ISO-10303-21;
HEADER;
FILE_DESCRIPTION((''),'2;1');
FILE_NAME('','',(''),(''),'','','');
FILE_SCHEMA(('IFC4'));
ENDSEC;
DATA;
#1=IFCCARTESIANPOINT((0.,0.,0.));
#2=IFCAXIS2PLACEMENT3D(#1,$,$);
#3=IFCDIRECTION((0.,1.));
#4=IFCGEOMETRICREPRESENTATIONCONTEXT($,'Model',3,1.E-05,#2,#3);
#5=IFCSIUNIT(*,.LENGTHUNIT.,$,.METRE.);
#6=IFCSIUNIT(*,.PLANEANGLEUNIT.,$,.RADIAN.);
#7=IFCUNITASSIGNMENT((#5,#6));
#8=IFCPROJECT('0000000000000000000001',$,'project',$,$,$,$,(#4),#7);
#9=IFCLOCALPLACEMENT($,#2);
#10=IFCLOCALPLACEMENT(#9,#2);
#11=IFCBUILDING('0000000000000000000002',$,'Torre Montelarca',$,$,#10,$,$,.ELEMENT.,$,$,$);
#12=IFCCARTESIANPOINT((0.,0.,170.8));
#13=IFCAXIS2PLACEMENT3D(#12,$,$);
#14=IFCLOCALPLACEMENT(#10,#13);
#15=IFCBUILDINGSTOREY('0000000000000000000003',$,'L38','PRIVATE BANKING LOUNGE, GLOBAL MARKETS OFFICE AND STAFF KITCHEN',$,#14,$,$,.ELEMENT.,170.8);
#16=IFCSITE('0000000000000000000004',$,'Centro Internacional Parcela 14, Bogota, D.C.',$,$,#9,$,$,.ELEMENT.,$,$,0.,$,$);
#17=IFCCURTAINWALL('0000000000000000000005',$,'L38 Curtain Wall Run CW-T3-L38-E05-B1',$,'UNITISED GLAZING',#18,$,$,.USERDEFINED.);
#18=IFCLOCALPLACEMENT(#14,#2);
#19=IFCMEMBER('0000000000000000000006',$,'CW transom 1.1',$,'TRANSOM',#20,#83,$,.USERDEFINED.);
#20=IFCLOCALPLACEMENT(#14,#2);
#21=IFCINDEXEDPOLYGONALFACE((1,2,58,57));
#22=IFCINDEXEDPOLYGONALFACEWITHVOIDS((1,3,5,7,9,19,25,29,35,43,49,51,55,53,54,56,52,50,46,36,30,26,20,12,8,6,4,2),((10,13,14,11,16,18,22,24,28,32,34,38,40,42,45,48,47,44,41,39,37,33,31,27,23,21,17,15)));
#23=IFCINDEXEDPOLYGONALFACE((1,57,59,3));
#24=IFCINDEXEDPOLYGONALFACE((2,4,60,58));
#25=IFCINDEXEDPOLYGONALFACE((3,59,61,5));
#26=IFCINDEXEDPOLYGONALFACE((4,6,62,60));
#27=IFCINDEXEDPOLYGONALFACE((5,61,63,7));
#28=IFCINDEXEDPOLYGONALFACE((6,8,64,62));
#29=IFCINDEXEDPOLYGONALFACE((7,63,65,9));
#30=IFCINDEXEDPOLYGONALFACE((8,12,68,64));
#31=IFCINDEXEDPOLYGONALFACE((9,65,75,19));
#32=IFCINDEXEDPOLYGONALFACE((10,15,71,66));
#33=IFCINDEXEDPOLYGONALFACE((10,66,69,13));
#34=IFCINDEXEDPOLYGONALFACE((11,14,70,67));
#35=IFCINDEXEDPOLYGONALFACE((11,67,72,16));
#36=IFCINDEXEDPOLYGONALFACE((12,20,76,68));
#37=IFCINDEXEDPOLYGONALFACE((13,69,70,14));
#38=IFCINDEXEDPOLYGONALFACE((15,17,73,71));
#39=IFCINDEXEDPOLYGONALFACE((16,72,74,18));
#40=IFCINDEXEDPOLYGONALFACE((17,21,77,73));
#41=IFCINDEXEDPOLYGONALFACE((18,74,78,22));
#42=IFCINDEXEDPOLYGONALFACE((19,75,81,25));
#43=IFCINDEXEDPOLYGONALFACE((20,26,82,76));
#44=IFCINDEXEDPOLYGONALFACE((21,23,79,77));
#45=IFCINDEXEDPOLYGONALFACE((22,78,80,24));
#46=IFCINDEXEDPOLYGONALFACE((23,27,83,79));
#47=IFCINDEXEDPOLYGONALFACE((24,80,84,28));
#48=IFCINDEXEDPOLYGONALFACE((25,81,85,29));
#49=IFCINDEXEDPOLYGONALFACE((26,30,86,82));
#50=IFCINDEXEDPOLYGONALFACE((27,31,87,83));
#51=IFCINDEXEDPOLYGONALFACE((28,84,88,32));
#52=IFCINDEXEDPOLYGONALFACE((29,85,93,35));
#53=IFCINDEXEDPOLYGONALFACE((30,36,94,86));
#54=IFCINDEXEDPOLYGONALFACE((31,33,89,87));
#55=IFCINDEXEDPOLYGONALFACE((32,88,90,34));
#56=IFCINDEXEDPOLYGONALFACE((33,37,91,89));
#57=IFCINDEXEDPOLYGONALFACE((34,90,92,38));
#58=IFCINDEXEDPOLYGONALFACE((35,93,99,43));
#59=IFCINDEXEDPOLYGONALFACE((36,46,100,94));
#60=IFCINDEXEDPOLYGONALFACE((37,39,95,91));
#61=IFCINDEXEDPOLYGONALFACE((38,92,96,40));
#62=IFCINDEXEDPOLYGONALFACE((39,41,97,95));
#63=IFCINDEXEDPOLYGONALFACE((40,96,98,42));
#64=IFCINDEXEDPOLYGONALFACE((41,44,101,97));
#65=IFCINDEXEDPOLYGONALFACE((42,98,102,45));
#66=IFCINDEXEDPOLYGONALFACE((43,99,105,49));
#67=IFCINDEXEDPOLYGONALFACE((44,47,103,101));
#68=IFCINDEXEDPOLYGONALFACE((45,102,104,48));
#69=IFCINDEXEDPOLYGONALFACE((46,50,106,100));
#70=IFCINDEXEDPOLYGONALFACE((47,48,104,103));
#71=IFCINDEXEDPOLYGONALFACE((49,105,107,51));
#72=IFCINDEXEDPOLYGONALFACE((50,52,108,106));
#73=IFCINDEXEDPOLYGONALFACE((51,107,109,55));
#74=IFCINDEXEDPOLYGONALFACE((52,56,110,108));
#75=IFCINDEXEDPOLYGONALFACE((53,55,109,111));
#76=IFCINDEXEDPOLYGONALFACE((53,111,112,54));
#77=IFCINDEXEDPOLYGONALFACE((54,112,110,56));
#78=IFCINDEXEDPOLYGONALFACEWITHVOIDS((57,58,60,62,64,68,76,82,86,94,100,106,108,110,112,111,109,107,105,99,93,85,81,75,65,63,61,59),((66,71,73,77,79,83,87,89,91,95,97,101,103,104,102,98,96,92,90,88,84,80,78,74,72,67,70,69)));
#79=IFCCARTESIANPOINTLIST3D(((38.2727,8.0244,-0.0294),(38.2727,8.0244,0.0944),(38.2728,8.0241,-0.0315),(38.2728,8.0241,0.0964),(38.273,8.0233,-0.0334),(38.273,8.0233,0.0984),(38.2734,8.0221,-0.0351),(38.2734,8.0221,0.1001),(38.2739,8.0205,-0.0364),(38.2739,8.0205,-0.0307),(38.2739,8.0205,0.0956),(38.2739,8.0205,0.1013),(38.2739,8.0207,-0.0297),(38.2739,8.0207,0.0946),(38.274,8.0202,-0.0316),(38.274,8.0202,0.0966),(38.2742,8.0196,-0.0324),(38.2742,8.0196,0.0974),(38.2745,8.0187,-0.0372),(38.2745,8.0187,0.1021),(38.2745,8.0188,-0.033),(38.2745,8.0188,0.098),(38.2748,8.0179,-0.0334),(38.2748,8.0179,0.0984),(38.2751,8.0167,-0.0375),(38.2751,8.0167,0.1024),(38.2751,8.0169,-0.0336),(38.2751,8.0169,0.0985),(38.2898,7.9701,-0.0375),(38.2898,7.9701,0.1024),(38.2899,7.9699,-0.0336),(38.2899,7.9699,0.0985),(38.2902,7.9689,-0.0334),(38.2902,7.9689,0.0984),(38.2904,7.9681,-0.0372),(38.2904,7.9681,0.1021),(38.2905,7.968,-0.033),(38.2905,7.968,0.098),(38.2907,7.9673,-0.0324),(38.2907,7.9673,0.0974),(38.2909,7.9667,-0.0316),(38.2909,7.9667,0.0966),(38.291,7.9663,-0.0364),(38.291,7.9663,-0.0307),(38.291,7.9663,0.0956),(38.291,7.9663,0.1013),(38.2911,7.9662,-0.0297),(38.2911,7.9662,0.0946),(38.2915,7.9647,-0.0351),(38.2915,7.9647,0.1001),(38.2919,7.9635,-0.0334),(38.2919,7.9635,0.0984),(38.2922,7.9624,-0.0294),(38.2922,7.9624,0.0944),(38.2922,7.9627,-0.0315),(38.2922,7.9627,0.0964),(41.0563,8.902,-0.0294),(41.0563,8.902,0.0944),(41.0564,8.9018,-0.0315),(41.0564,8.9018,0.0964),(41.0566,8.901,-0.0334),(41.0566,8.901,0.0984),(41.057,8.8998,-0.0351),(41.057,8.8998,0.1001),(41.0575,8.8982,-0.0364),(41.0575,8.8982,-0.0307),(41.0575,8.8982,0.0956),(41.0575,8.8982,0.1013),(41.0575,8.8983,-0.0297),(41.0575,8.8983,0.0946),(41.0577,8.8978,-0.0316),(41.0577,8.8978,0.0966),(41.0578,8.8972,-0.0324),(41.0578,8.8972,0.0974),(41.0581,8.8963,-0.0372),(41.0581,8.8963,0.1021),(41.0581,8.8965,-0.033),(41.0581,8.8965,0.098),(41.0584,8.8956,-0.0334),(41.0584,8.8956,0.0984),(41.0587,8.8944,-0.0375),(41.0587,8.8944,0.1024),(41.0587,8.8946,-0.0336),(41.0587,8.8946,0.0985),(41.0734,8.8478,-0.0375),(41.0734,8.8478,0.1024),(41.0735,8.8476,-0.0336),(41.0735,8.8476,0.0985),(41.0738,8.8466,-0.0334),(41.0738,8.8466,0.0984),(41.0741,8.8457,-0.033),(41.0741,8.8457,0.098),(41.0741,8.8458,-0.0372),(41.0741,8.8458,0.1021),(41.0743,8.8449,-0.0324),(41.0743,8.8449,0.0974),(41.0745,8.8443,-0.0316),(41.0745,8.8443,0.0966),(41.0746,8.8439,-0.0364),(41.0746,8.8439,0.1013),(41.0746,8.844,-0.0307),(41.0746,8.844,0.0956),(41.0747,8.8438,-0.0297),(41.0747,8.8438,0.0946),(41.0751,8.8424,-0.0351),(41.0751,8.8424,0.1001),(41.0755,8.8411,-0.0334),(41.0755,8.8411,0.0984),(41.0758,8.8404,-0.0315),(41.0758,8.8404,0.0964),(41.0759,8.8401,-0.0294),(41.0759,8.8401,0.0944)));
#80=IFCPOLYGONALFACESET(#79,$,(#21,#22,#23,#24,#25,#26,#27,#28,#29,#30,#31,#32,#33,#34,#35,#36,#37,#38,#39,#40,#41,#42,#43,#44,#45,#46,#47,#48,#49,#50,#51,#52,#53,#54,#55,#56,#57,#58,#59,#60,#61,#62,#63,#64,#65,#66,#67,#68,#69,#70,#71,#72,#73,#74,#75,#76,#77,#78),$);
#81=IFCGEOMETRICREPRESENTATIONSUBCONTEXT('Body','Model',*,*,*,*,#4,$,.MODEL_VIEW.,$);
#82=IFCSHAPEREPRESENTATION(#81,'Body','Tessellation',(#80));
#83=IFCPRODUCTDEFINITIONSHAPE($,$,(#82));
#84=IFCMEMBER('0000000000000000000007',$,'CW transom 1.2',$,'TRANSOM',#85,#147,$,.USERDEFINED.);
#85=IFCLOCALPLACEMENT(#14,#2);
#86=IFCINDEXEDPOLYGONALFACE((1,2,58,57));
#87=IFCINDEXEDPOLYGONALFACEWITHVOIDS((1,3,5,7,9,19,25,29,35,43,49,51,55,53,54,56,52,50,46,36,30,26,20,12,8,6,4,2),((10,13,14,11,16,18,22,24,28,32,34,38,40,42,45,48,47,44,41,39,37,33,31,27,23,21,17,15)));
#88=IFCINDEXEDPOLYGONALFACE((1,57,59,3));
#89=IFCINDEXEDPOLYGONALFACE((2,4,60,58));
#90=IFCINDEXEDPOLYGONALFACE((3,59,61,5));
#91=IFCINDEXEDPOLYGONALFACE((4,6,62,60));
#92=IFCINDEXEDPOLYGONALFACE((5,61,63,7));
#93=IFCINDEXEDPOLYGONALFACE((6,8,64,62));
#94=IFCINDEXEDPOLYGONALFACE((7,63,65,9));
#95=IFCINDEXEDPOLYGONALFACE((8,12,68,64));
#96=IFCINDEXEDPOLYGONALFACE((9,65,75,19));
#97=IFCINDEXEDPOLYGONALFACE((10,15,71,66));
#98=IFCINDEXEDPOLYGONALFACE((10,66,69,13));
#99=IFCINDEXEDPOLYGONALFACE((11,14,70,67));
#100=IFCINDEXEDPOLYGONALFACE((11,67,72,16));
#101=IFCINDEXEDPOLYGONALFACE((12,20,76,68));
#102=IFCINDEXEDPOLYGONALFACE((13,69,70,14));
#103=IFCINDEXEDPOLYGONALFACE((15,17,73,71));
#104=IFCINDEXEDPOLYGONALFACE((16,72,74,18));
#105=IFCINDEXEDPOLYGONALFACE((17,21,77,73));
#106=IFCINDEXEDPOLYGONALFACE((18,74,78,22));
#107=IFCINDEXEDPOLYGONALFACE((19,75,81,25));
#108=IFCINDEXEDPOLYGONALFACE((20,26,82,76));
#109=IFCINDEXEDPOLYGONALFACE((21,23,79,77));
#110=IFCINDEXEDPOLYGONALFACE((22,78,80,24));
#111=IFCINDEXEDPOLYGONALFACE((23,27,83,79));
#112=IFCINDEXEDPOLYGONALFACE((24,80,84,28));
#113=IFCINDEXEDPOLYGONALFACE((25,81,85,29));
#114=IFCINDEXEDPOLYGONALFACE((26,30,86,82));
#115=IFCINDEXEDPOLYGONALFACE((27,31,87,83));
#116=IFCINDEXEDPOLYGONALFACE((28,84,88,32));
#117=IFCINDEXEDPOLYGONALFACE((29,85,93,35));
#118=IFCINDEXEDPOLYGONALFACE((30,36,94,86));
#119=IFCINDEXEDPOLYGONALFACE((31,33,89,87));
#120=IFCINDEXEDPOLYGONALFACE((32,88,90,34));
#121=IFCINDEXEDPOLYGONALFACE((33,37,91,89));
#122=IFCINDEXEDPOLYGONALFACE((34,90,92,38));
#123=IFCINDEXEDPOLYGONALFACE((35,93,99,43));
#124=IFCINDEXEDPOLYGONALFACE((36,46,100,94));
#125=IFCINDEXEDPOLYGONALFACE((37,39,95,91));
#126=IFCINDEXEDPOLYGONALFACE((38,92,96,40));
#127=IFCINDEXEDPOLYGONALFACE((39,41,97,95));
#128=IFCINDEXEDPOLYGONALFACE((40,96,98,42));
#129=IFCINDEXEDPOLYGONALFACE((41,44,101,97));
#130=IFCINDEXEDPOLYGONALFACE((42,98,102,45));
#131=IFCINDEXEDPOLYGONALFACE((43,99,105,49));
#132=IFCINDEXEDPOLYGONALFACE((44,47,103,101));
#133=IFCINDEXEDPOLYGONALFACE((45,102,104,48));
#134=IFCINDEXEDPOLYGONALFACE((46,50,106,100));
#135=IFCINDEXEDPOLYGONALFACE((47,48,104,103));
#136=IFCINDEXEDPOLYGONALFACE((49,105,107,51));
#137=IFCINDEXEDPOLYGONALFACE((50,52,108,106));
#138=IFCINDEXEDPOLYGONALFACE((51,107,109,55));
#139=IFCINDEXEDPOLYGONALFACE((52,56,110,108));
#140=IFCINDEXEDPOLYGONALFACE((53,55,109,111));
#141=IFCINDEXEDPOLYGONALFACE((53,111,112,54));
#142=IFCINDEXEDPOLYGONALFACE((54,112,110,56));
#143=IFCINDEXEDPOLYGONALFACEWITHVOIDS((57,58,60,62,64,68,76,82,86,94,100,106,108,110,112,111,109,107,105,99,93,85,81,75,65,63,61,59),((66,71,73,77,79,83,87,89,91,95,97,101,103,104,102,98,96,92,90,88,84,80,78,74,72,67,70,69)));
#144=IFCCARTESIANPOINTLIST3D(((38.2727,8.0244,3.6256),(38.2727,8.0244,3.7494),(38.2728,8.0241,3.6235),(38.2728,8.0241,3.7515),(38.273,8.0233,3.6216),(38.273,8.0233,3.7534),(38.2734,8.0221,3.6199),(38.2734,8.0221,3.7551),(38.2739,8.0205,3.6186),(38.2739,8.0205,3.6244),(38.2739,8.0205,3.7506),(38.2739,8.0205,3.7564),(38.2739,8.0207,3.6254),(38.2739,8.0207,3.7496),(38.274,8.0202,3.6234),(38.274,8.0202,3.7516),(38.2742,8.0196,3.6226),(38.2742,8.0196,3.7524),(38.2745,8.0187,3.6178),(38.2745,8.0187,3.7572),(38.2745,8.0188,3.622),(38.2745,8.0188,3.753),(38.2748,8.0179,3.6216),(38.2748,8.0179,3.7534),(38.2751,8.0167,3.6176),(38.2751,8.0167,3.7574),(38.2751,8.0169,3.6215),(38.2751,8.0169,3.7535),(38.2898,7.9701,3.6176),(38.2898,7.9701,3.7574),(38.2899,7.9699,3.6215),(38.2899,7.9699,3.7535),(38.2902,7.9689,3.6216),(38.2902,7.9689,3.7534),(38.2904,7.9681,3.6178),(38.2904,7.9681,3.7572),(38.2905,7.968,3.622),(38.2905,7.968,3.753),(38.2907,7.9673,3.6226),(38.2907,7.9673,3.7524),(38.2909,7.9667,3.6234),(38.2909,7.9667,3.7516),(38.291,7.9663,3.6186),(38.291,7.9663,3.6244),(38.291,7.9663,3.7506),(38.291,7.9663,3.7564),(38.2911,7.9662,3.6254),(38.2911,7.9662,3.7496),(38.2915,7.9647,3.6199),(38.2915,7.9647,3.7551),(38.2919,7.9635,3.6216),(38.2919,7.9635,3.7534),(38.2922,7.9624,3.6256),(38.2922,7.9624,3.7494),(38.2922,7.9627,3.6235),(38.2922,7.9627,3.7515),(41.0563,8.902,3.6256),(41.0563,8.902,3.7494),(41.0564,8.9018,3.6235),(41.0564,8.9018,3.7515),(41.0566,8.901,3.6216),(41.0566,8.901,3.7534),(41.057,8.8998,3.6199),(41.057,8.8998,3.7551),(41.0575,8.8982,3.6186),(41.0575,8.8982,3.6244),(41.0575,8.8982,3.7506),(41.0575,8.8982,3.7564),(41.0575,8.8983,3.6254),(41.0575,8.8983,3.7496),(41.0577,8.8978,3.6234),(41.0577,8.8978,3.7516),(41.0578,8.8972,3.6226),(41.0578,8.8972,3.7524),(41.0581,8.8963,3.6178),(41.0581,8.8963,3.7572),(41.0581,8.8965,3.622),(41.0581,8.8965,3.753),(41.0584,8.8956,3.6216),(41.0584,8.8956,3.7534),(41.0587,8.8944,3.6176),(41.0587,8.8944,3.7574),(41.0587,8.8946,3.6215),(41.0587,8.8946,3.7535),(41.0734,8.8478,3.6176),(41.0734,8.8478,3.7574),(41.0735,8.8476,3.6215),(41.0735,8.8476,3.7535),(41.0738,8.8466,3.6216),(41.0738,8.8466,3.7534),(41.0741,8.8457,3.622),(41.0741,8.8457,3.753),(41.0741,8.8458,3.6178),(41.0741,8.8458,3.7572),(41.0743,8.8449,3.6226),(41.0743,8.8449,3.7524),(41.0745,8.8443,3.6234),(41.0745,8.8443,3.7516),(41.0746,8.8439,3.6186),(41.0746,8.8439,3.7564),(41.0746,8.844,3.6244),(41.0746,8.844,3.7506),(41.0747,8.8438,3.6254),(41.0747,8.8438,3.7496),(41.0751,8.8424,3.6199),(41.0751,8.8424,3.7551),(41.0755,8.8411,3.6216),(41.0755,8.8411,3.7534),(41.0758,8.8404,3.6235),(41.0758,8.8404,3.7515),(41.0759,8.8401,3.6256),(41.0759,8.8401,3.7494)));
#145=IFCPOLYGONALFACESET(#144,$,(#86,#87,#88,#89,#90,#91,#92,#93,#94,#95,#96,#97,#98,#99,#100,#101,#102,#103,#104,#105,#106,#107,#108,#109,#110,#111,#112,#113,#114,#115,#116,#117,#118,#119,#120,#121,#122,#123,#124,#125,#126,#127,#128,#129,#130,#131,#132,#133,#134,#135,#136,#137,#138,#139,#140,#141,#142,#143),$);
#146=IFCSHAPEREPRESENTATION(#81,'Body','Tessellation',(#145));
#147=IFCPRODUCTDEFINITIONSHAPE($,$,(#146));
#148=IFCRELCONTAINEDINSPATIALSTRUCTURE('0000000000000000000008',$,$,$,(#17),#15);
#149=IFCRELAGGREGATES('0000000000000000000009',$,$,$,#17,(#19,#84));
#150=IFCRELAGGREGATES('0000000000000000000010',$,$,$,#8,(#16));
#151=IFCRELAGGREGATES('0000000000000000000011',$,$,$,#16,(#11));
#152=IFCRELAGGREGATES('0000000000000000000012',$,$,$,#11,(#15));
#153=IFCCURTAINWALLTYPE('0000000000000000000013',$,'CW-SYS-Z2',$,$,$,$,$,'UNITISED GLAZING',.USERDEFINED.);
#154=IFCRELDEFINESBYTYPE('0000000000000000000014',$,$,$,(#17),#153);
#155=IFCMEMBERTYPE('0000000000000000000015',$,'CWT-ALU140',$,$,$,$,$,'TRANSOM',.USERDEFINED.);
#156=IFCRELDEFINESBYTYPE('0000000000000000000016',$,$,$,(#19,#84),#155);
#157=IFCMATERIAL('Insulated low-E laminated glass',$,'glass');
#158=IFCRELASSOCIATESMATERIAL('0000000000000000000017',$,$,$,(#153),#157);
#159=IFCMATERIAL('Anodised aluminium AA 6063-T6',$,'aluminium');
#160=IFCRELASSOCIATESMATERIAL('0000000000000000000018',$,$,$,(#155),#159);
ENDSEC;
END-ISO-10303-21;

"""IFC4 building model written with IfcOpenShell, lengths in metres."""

from ifc_helpers import new_model, si_unit, direction, frame, origin, origin_2d, place, context, subcontext, project, spatial, hollow_rectangle, extrude, source, transform, mapped, material, material_profile, profile_set, type_object, element, aggregate, save


model = new_model("IFC4")

# Units and contexts
model_context = context("Model", 3, precision=1e-05, world=origin(), true_north=direction((0.0, 1.0)))
body_context = subcontext(model_context, "Body", "Model", "MODEL_VIEW")
ifc_project = project(units=[si_unit("LENGTHUNIT", "METRE"), si_unit("PLANEANGLEUNIT", "RADIAN")], contexts=[model_context])

# Site, building, storey
site_placement = place(None, origin())
site = spatial("IfcSite", under=ifc_project, at=site_placement, Name="Centro Internacional Parcela 14, Bogota, D.C.", CompositionType="ELEMENT", RefElevation=0.0)
building_placement = place(site_placement, origin())
building = spatial("IfcBuilding", under=site, at=building_placement, Name="Torre Montelarca", CompositionType="ELEMENT")
storey_placement = place(building_placement, frame((0.0, 0.0, 170.8)))
storey = spatial("IfcBuildingStorey", under=building, at=storey_placement, Name="L38", Description="PRIVATE BANKING LOUNGE, GLOBAL MARKETS OFFICE AND STAFF KITCHEN", CompositionType="ELEMENT", Elevation=170.8)

# Curtain wall, members
ifc_material_1 = material(Name="Insulated low-E laminated glass", Category="glass")
curtain_wall_type = type_object("IfcCurtainWallType", Name="CW-SYS-Z2", ElementType="UNITISED GLAZING", PredefinedType="USERDEFINED", material=ifc_material_1)
curtain_wall_1_placement = place(storey_placement, origin())
curtain_wall_1 = element("IfcCurtainWall", 1, at=curtain_wall_1_placement, inside=storey, type_object=curtain_wall_type, Name="L38 Curtain Wall Run CW-T3-L38-E05-B1", ObjectType="UNITISED GLAZING", PredefinedType="USERDEFINED")
ifc_material_2 = material(Name="Anodised aluminium AA 6063-T6", Category="aluminium")
ifc_material_profile_1 = material_profile(ifc_material_2, hollow_rectangle(XDim=0.0649, YDim=0.1399, WallThickness=0.0039, InnerFilletRadius=0.0039, OuterFilletRadius=0.0081, at=origin_2d()), Name="ALU65X140X4", Category="aluminium")
ifc_profile_set_1 = profile_set([ifc_material_profile_1], Name="Anodised aluminium AA 6063-T6")
member_type_1 = type_object("IfcMemberType", Name="CWT-ALU140", ElementType="TRANSOM", PredefinedType="USERDEFINED", material=ifc_profile_set_1)
shared_shape_1 = source(origin(), body_context, "Body", "SweptSolid", [
    extrude(hollow_rectangle(XDim=0.0649, YDim=0.1399, WallThickness=0.0039, InnerFilletRadius=0.0039, OuterFilletRadius=0.0081, at=origin_2d()), origin(), (0.0, 0.0, 1.0), 2.9187),
])
member_1_placement = place(storey_placement, frame((38.2825, 7.9934, 0.0325), z_axis=(0.953718, 0.300703, 0.0), x_axis=(-0.300703, 0.953718, 0.0)))
member_1 = element("IfcMember", 2, at=member_1_placement, type_object=member_type_1, Name="CW transom 1.1", ObjectType="TRANSOM", PredefinedType="USERDEFINED", context=body_context, shape_type="MappedRepresentation", body=[
    mapped(shared_shape_1, transform((0.0, 0.0, 0.0), scale=1.0)),
])
member_2_placement = place(storey_placement, frame((38.2825, 7.9934, 3.6875), z_axis=(0.953718, 0.300703, 0.0), x_axis=(-0.300703, 0.953718, 0.0)))
member_2 = element("IfcMember", 3, at=member_2_placement, type_object=member_type_1, Name="CW transom 1.2", ObjectType="TRANSOM", PredefinedType="USERDEFINED", context=body_context, shape_type="MappedRepresentation", body=[
    mapped(shared_shape_1, transform((0.0, 0.0, 0.0), scale=1.0)),
])

aggregate(curtain_wall_1, [member_1, member_2])

save(model, "model.ifc")
